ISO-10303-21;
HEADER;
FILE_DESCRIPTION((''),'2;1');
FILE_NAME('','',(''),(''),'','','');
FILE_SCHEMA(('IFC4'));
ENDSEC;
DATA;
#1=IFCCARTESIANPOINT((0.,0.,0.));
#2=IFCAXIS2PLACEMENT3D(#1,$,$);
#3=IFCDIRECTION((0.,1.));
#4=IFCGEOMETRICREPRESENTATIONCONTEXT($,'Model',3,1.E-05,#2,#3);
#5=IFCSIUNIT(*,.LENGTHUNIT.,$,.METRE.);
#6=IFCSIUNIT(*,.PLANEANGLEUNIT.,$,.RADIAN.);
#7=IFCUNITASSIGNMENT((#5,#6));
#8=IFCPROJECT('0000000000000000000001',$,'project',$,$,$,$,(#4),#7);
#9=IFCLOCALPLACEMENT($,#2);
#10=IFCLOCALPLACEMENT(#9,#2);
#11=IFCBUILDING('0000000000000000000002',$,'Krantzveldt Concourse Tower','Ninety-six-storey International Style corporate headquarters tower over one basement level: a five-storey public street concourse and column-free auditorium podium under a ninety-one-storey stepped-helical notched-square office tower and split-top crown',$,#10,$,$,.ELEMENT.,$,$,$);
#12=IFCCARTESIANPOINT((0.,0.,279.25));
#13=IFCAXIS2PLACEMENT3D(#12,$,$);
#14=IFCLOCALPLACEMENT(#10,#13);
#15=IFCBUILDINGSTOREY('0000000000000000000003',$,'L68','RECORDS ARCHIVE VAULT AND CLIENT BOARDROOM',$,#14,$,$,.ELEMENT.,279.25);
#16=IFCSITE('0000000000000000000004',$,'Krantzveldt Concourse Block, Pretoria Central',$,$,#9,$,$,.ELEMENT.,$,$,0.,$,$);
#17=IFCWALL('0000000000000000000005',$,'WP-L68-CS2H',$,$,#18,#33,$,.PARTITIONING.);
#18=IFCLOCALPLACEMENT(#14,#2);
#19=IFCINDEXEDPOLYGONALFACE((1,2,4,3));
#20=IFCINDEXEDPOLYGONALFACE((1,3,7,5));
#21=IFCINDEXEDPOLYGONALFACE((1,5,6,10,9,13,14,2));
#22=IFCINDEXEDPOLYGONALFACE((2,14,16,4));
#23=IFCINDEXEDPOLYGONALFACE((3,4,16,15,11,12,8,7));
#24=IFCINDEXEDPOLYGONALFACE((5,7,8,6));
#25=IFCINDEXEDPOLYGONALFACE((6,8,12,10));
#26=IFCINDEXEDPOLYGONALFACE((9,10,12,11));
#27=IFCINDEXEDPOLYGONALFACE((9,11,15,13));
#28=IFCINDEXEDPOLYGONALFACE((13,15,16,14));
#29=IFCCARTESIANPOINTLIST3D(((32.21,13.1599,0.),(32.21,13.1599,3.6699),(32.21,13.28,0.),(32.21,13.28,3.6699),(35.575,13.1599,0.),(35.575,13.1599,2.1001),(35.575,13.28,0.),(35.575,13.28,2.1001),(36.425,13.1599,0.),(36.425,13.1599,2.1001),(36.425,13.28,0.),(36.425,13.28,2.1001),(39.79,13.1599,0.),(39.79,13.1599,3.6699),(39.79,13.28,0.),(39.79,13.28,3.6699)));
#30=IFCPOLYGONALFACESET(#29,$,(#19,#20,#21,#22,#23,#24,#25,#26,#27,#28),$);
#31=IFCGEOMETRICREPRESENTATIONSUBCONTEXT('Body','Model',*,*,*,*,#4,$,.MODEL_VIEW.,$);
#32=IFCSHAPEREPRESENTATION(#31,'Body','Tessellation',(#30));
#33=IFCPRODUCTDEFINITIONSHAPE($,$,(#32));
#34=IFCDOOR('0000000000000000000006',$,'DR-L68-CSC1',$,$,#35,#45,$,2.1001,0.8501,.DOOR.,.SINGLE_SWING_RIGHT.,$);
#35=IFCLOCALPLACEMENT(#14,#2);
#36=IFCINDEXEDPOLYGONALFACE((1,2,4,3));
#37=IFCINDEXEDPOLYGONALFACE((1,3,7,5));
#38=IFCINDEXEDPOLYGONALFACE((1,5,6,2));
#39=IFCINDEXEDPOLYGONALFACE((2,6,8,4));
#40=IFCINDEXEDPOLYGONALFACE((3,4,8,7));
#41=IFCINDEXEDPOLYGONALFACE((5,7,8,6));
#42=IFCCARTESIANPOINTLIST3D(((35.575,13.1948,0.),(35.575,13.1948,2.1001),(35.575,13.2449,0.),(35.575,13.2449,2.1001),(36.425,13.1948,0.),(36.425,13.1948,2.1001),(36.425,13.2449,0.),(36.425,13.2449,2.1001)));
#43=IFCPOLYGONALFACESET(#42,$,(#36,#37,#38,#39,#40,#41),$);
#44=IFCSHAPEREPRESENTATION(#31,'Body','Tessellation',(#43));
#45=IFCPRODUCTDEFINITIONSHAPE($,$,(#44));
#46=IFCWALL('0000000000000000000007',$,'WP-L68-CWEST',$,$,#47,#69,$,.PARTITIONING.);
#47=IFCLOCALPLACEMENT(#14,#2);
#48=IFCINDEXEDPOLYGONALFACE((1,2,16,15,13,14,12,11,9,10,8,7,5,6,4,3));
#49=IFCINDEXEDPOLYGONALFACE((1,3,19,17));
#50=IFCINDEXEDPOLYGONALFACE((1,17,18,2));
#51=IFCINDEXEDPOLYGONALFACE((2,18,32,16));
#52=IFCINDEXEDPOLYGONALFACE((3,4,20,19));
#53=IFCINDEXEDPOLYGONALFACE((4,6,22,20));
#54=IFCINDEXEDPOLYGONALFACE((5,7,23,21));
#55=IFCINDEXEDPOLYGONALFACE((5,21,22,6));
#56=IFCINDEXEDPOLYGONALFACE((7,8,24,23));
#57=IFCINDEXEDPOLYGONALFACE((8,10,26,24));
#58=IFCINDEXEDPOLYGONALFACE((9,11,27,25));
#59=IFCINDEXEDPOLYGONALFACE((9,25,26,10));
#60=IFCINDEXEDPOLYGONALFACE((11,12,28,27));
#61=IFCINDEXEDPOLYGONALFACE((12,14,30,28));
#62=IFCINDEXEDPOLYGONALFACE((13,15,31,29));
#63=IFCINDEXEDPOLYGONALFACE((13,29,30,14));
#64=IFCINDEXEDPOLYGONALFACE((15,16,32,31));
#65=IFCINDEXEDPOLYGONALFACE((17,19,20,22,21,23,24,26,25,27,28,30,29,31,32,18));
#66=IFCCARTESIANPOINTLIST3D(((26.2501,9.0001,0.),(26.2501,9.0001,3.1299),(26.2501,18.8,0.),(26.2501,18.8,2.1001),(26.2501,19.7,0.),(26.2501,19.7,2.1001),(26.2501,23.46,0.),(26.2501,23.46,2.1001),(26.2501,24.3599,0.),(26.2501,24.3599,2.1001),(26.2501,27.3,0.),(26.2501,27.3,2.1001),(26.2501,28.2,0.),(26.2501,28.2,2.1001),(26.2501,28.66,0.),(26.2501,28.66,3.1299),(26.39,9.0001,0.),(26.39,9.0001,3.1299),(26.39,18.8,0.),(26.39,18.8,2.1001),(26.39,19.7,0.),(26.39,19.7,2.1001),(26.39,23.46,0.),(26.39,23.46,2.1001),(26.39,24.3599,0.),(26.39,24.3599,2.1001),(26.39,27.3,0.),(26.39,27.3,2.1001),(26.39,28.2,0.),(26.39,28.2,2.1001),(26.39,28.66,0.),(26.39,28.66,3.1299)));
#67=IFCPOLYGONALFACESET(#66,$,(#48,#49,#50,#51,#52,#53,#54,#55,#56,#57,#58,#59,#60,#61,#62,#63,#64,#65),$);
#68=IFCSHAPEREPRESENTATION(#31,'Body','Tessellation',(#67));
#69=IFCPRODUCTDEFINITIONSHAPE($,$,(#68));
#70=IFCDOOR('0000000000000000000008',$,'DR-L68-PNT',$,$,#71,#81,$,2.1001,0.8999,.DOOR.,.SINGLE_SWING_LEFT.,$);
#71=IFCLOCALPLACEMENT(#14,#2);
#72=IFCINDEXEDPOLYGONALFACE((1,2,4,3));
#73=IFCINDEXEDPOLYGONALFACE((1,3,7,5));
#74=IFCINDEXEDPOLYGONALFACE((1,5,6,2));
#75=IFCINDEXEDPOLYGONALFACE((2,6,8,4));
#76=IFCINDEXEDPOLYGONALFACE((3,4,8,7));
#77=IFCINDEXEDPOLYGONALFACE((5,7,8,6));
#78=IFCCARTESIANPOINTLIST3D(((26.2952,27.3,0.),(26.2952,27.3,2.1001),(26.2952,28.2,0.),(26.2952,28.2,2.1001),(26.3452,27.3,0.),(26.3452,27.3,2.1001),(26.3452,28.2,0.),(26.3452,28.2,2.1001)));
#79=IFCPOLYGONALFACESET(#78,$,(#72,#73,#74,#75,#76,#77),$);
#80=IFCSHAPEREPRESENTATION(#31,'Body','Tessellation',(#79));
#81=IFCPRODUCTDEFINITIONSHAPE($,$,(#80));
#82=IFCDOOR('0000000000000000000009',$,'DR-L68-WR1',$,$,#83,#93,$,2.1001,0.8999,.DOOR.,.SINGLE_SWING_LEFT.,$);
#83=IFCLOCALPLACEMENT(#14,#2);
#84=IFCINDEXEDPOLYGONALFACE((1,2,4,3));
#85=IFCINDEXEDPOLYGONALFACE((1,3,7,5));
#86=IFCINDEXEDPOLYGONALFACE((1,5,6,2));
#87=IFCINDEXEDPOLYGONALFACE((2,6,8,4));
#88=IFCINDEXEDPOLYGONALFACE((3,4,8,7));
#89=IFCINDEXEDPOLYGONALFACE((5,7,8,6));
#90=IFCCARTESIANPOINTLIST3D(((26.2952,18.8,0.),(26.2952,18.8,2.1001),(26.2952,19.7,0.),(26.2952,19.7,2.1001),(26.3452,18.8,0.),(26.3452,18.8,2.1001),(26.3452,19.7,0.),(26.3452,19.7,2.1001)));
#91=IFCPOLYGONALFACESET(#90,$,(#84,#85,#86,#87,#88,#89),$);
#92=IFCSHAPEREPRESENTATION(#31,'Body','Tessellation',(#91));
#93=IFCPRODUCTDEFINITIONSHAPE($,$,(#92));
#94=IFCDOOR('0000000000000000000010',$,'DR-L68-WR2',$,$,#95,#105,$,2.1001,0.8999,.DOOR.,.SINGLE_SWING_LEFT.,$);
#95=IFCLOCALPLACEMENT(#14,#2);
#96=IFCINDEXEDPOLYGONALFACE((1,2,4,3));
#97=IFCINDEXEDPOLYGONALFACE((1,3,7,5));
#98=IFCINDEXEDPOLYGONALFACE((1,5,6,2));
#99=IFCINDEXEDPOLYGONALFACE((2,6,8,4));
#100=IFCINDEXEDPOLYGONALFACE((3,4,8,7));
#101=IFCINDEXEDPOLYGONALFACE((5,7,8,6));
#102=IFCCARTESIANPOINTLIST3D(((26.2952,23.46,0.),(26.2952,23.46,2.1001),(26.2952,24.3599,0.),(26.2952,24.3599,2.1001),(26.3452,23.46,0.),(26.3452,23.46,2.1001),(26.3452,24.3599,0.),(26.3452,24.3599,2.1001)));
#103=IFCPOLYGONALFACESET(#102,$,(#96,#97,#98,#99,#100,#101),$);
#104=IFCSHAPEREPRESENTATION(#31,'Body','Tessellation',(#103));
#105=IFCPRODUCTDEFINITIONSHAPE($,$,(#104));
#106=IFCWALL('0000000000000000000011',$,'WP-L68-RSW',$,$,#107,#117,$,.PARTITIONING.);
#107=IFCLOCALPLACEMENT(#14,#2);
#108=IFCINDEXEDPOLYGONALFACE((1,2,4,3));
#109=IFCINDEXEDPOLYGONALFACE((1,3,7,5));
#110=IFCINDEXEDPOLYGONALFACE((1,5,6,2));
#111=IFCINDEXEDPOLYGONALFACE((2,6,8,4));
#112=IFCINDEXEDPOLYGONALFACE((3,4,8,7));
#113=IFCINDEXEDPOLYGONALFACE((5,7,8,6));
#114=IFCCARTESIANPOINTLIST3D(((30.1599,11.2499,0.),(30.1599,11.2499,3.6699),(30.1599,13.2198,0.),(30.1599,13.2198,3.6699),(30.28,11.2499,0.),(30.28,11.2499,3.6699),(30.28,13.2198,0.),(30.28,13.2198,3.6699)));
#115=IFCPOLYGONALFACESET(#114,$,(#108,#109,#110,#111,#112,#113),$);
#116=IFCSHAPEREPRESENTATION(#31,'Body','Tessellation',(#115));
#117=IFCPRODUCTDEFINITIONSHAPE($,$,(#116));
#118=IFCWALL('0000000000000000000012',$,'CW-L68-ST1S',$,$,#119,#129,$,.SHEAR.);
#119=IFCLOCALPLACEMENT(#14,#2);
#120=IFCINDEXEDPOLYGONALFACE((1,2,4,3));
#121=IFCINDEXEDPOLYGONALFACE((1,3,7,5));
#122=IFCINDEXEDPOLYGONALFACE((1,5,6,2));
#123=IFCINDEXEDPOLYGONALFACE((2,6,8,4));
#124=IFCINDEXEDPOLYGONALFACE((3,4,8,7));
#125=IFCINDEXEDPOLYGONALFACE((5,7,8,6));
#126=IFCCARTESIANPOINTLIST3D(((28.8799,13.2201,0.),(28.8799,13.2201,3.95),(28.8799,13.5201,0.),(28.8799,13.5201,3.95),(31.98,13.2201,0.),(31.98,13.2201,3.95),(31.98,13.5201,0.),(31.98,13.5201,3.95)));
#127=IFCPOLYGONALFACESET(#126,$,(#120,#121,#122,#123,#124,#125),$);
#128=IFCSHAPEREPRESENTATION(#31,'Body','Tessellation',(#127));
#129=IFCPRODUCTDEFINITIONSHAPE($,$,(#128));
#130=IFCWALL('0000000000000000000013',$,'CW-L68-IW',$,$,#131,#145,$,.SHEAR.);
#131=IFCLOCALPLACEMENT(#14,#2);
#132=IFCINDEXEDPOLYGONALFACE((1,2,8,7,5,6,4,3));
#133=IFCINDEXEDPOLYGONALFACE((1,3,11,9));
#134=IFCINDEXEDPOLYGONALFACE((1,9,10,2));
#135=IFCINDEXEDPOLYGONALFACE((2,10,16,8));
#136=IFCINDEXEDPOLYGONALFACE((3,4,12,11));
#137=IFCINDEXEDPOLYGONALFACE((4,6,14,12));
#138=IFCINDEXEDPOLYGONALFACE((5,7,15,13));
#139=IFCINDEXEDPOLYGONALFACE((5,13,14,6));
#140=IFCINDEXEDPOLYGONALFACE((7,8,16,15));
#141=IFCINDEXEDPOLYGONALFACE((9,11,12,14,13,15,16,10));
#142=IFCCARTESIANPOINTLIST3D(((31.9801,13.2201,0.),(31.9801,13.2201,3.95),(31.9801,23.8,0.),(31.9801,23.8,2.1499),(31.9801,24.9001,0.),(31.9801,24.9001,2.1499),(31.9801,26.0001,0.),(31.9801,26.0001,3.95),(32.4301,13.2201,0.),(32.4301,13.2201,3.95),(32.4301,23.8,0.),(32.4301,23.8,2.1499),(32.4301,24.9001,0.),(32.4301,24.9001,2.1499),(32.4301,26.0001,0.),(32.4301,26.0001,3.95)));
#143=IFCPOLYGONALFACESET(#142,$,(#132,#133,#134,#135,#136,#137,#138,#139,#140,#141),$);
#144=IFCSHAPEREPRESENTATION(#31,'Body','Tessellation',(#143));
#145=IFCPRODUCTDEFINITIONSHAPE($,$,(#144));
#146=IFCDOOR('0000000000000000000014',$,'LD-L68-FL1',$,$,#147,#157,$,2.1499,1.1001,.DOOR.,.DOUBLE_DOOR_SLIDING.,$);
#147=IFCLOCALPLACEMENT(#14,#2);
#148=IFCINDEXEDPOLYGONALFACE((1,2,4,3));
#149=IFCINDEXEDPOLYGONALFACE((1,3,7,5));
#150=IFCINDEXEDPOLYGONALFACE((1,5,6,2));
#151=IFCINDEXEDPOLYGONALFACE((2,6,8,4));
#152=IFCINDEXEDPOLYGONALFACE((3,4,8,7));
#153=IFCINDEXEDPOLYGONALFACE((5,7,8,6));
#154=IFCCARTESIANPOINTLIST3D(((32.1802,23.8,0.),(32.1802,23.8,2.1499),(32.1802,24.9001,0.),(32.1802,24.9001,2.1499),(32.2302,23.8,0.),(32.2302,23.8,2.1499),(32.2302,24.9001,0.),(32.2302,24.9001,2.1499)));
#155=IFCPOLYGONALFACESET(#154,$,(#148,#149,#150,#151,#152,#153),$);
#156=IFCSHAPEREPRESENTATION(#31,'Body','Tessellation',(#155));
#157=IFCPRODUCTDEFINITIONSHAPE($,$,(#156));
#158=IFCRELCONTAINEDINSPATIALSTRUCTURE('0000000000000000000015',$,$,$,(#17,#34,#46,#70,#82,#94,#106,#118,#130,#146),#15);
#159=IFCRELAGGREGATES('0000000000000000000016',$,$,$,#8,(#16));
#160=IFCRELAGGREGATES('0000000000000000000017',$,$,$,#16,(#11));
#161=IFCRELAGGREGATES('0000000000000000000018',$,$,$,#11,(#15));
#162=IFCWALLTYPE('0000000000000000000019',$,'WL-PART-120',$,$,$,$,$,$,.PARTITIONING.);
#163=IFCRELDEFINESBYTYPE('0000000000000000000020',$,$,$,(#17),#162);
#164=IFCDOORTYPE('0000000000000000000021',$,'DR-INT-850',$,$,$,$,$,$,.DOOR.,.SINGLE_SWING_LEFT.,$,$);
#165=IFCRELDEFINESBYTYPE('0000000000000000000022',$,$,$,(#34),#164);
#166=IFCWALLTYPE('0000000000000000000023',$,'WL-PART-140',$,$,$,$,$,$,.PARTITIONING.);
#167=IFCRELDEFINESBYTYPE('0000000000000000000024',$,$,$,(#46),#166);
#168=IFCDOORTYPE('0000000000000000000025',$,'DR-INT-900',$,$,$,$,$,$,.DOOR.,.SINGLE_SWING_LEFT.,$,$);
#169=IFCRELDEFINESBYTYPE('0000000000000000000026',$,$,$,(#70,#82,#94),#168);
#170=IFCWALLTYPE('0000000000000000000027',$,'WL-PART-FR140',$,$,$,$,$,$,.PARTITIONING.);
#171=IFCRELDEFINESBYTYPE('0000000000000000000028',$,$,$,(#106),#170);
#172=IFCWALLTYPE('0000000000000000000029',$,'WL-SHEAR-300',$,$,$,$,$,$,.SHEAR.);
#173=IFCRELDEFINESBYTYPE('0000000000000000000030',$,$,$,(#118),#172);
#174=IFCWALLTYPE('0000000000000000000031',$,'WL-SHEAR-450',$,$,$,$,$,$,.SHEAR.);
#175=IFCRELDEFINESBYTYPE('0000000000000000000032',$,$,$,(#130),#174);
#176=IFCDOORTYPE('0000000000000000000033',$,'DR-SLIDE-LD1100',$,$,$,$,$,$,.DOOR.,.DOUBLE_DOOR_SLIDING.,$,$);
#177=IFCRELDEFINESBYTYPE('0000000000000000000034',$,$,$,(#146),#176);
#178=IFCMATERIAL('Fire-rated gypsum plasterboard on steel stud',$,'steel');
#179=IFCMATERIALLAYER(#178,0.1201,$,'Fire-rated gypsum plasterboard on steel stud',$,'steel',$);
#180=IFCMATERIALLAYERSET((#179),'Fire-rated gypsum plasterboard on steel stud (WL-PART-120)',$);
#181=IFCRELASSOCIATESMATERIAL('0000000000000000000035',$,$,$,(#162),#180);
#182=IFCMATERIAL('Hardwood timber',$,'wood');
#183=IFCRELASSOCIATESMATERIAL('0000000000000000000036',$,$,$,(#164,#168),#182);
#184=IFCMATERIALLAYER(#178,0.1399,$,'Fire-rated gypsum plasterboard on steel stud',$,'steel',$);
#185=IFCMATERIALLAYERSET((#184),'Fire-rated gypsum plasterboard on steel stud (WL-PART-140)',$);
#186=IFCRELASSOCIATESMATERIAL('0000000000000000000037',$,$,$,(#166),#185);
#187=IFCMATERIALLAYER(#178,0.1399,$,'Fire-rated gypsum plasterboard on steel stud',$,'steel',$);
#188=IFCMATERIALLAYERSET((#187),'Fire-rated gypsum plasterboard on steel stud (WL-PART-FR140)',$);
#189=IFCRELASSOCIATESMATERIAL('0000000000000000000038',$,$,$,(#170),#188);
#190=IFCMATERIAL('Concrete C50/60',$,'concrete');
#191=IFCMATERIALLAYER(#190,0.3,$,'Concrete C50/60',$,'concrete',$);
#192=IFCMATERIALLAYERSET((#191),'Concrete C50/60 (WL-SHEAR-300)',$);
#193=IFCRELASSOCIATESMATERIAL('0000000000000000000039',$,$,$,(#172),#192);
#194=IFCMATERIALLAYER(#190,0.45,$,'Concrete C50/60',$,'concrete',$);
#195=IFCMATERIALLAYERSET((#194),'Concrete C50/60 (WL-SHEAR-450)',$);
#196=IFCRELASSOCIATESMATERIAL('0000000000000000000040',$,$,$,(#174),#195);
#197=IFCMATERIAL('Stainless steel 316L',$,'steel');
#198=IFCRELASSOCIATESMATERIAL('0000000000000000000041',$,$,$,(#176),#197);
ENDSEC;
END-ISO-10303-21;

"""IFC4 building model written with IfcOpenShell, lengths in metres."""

from ifc_helpers import new_model, si_unit, direction, frame, frame_2d, origin, place, context, subcontext, project, spatial, rectangle, extrude, material, layer, layer_set, type_object, element, fill, save


model = new_model("IFC4")

# Units and contexts
model_context = context("Model", 3, precision=1e-05, world=origin(), true_north=direction((0.0, 1.0)))
body_context = subcontext(model_context, "Body", "Model", "MODEL_VIEW")
ifc_project = project(units=[si_unit("LENGTHUNIT", "METRE"), si_unit("PLANEANGLEUNIT", "RADIAN")], contexts=[model_context])

# Site, building, storey
site_placement = place(None, origin())
site = spatial("IfcSite", under=ifc_project, at=site_placement, Name="Krantzveldt Concourse Block, Pretoria Central", CompositionType="ELEMENT", RefElevation=0.0)
building_placement = place(site_placement, origin())
building = spatial("IfcBuilding", under=site, at=building_placement, Name="Krantzveldt Concourse Tower", Description="Ninety-six-storey International Style corporate headquarters tower over one basement level: a five-storey public street concourse and column-free auditorium podium under a ninety-one-storey stepped-helical notched-square office tower and split-top crown", CompositionType="ELEMENT")
storey_placement = place(building_placement, frame((0.0, 0.0, 279.25)))
storey = spatial("IfcBuildingStorey", under=building, at=storey_placement, Name="L68", Description="RECORDS ARCHIVE VAULT AND CLIENT BOARDROOM", CompositionType="ELEMENT", Elevation=279.25)

# Wall, opening, door
ifc_material_1 = material(Name="Fire-rated gypsum plasterboard on steel stud", Category="steel")
ifc_layer_1 = layer(ifc_material_1, 0.1201, Name="Fire-rated gypsum plasterboard on steel stud", Category="steel")
ifc_layer_set_1 = layer_set([ifc_layer_1], Name="Fire-rated gypsum plasterboard on steel stud (WL-PART-120)")
wall_type_1 = type_object("IfcWallType", Name="WL-PART-120", PredefinedType="PARTITIONING", material=ifc_layer_set_1)
wall_1_placement = place(storey_placement, frame((32.21, 13.22, 0.0), z_axis=(0.0, 0.0, 1.0), x_axis=(1.0, 0.0, 0.0)))
wall_1 = element("IfcWall", 1, at=wall_1_placement, inside=storey, type_object=wall_type_1, Name="WP-L68-CS2H", PredefinedType="PARTITIONING", context=body_context, shape_type="SweptSolid", body=[
    extrude(rectangle(XDim=7.5801, YDim=0.1201, at=frame_2d((3.79, 0.0))), origin(), (0.0, 0.0, 1.0), 3.6699),
])
opening_1_placement = place(wall_1_placement, frame((3.365, 0.0, 0.0)))
opening_1 = element("IfcOpeningElement", 2, at=opening_1_placement, cuts=wall_1, PredefinedType="OPENING", context=body_context, shape_type="SweptSolid", body=[
    extrude(rectangle(XDim=0.8501, YDim=2.1001, at=frame_2d((0.425, 1.05))), frame((0.0, 0.0701, 0.0), z_axis=(0.0, -1.0, 0.0), x_axis=(1.0, 0.0, 0.0)), (0.0, 0.0, 1.0), 0.1401),
])
ifc_material_2 = material(Name="Hardwood timber", Category="wood")
door_type_1 = type_object("IfcDoorType", Name="DR-INT-850", OperationType="SINGLE_SWING_LEFT", PredefinedType="DOOR", material=ifc_material_2)
door_1_placement = place(opening_1_placement, origin())
door_1 = element("IfcDoor", 3, at=door_1_placement, inside=storey, type_object=door_type_1, Name="DR-L68-CSC1", OperationType="SINGLE_SWING_RIGHT", OverallHeight=2.1001, OverallWidth=0.8501, PredefinedType="DOOR", context=body_context, shape_type="SweptSolid", body=[
    extrude(rectangle(XDim=0.8501, YDim=2.1001, at=frame_2d((0.425, 1.05))), frame((0.0, 0.0249, 0.0), z_axis=(0.0, -1.0, 0.0), x_axis=(1.0, 0.0, 0.0)), (0.0, 0.0, 1.0), 0.05),
])
fill(opening_1, door_1)

# Wall, openings, doors
ifc_layer_2 = layer(ifc_material_1, 0.1399, Name="Fire-rated gypsum plasterboard on steel stud", Category="steel")
ifc_layer_set_2 = layer_set([ifc_layer_2], Name="Fire-rated gypsum plasterboard on steel stud (WL-PART-140)")
wall_type_2 = type_object("IfcWallType", Name="WL-PART-140", PredefinedType="PARTITIONING", material=ifc_layer_set_2)
wall_2_placement = place(storey_placement, frame((26.3201, 9.0, 0.0), z_axis=(0.0, 0.0, 1.0), x_axis=(0.0, 1.0, 0.0)))
wall_2 = element("IfcWall", 4, at=wall_2_placement, inside=storey, type_object=wall_type_2, Name="WP-L68-CWEST", PredefinedType="PARTITIONING", context=body_context, shape_type="SweptSolid", body=[
    extrude(rectangle(XDim=19.6599, YDim=0.1399, at=frame_2d((9.8301, 0.0))), origin(), (0.0, 0.0, 1.0), 3.1299),
])
opening_2_placement = place(wall_2_placement, frame((18.3, 0.0, 0.0)))
opening_2 = element("IfcOpeningElement", 5, at=opening_2_placement, cuts=wall_2, PredefinedType="OPENING", context=body_context, shape_type="SweptSolid", body=[
    extrude(rectangle(XDim=0.8999, YDim=2.1001, at=frame_2d((0.45, 1.05))), frame((0.0, 0.0801, 0.0), z_axis=(0.0, -1.0, 0.0), x_axis=(1.0, 0.0, 0.0)), (0.0, 0.0, 1.0), 0.1599),
])
opening_3_placement = place(wall_2_placement, frame((9.8, 0.0, 0.0)))
opening_3 = element("IfcOpeningElement", 6, at=opening_3_placement, cuts=wall_2, PredefinedType="OPENING", context=body_context, shape_type="SweptSolid", body=[
    extrude(rectangle(XDim=0.8999, YDim=2.1001, at=frame_2d((0.45, 1.05))), frame((0.0, 0.0801, 0.0), z_axis=(0.0, -1.0, 0.0), x_axis=(1.0, 0.0, 0.0)), (0.0, 0.0, 1.0), 0.1599),
])
opening_4_placement = place(wall_2_placement, frame((14.46, 0.0, 0.0)))
opening_4 = element("IfcOpeningElement", 7, at=opening_4_placement, cuts=wall_2, PredefinedType="OPENING", context=body_context, shape_type="SweptSolid", body=[
    extrude(rectangle(XDim=0.8999, YDim=2.1001, at=frame_2d((0.45, 1.05))), frame((0.0, 0.0801, 0.0), z_axis=(0.0, -1.0, 0.0), x_axis=(1.0, 0.0, 0.0)), (0.0, 0.0, 1.0), 0.1599),
])
door_type_2 = type_object("IfcDoorType", Name="DR-INT-900", OperationType="SINGLE_SWING_LEFT", PredefinedType="DOOR", material=ifc_material_2)
door_2_placement = place(opening_2_placement, origin())
door_2 = element("IfcDoor", 8, at=door_2_placement, inside=storey, type_object=door_type_2, Name="DR-L68-PNT", OperationType="SINGLE_SWING_LEFT", OverallHeight=2.1001, OverallWidth=0.8999, PredefinedType="DOOR", context=body_context, shape_type="SweptSolid", body=[
    extrude(rectangle(XDim=0.8999, YDim=2.1001, at=frame_2d((0.45, 1.05))), frame((0.0, 0.0249, 0.0), z_axis=(0.0, -1.0, 0.0), x_axis=(1.0, 0.0, 0.0)), (0.0, 0.0, 1.0), 0.05),
])
fill(opening_2, door_2)
door_3_placement = place(opening_3_placement, origin())
door_3 = element("IfcDoor", 9, at=door_3_placement, inside=storey, type_object=door_type_2, Name="DR-L68-WR1", OperationType="SINGLE_SWING_LEFT", OverallHeight=2.1001, OverallWidth=0.8999, PredefinedType="DOOR", context=body_context, shape_type="SweptSolid", body=[
    extrude(rectangle(XDim=0.8999, YDim=2.1001, at=frame_2d((0.45, 1.05))), frame((0.0, 0.0249, 0.0), z_axis=(0.0, -1.0, 0.0), x_axis=(1.0, 0.0, 0.0)), (0.0, 0.0, 1.0), 0.05),
])
fill(opening_3, door_3)
door_4_placement = place(opening_4_placement, origin())
door_4 = element("IfcDoor", 10, at=door_4_placement, inside=storey, type_object=door_type_2, Name="DR-L68-WR2", OperationType="SINGLE_SWING_LEFT", OverallHeight=2.1001, OverallWidth=0.8999, PredefinedType="DOOR", context=body_context, shape_type="SweptSolid", body=[
    extrude(rectangle(XDim=0.8999, YDim=2.1001, at=frame_2d((0.45, 1.05))), frame((0.0, 0.0249, 0.0), z_axis=(0.0, -1.0, 0.0), x_axis=(1.0, 0.0, 0.0)), (0.0, 0.0, 1.0), 0.05),
])
fill(opening_4, door_4)

# Walls
ifc_layer_3 = layer(ifc_material_1, 0.1399, Name="Fire-rated gypsum plasterboard on steel stud", Category="steel")
ifc_layer_set_3 = layer_set([ifc_layer_3], Name="Fire-rated gypsum plasterboard on steel stud (WL-PART-FR140)")
wall_type_3 = type_object("IfcWallType", Name="WL-PART-FR140", PredefinedType="PARTITIONING", material=ifc_layer_set_3)
wall_3_placement = place(storey_placement, frame((30.22, 11.25, 0.0), z_axis=(0.0, 0.0, 1.0), x_axis=(0.0, 1.0, 0.0)))
element("IfcWall", 11, at=wall_3_placement, inside=storey, type_object=wall_type_3, Name="WP-L68-RSW", PredefinedType="PARTITIONING", context=body_context, shape_type="SweptSolid", body=[
    extrude(rectangle(XDim=1.97, YDim=0.1201, at=frame_2d((0.9849, 0.0))), origin(), (0.0, 0.0, 1.0), 3.6699),
])
ifc_material_3 = material(Name="Concrete C50/60", Category="concrete")
ifc_layer_4 = layer(ifc_material_3, 0.3, Name="Concrete C50/60", Category="concrete")
ifc_layer_set_4 = layer_set([ifc_layer_4], Name="Concrete C50/60 (WL-SHEAR-300)")
wall_type_4 = type_object("IfcWallType", Name="WL-SHEAR-300", PredefinedType="SHEAR", material=ifc_layer_set_4)
wall_4_placement = place(storey_placement, frame((28.8799, 13.3701, 0.0), z_axis=(0.0, 0.0, 1.0), x_axis=(1.0, 0.0, 0.0)))
element("IfcWall", 12, at=wall_4_placement, inside=storey, type_object=wall_type_4, Name="CW-L68-ST1S", PredefinedType="SHEAR", context=body_context, shape_type="SweptSolid", body=[
    extrude(rectangle(XDim=3.1001, YDim=0.3, at=frame_2d((1.55, 0.0))), origin(), (0.0, 0.0, 1.0), 3.95),
])

# Wall, opening, door
ifc_layer_5 = layer(ifc_material_3, 0.45, Name="Concrete C50/60", Category="concrete")
ifc_layer_set_5 = layer_set([ifc_layer_5], Name="Concrete C50/60 (WL-SHEAR-450)")
wall_type_5 = type_object("IfcWallType", Name="WL-SHEAR-450", PredefinedType="SHEAR", material=ifc_layer_set_5)
wall_5_placement = place(storey_placement, frame((32.2051, 13.22, 0.0), z_axis=(0.0, 0.0, 1.0), x_axis=(0.0, 1.0, 0.0)))
wall_5 = element("IfcWall", 13, at=wall_5_placement, inside=storey, type_object=wall_type_5, Name="CW-L68-IW", PredefinedType="SHEAR", context=body_context, shape_type="SweptSolid", body=[
    extrude(rectangle(XDim=12.78, YDim=0.45, at=frame_2d((6.3901, 0.0))), origin(), (0.0, 0.0, 1.0), 3.95),
])
opening_5_placement = place(wall_5_placement, frame((10.5801, 0.0, 0.0)))
opening_5 = element("IfcOpeningElement", 14, at=opening_5_placement, cuts=wall_5, PredefinedType="OPENING", context=body_context, shape_type="SweptSolid", body=[
    extrude(rectangle(XDim=1.1001, YDim=2.1499, at=frame_2d((0.55, 1.075))), frame((0.0, 0.2349, 0.0), z_axis=(0.0, -1.0, 0.0), x_axis=(1.0, 0.0, 0.0)), (0.0, 0.0, 1.0), 0.47),
])
ifc_material_4 = material(Name="Stainless steel 316L", Category="steel")
door_type_3 = type_object("IfcDoorType", Name="DR-SLIDE-LD1100", OperationType="DOUBLE_DOOR_SLIDING", PredefinedType="DOOR", material=ifc_material_4)
door_5_placement = place(opening_5_placement, origin())
door_5 = element("IfcDoor", 15, at=door_5_placement, inside=storey, type_object=door_type_3, Name="LD-L68-FL1", OperationType="DOUBLE_DOOR_SLIDING", OverallHeight=2.1499, OverallWidth=1.1001, PredefinedType="DOOR", context=body_context, shape_type="SweptSolid", body=[
    extrude(rectangle(XDim=1.1001, YDim=2.1499, at=frame_2d((0.55, 1.075))), frame((0.0, 0.0249, 0.0), z_axis=(0.0, -1.0, 0.0), x_axis=(1.0, 0.0, 0.0)), (0.0, 0.0, 1.0), 0.05),
])
fill(opening_5, door_5)

save(model, "model.ifc")
